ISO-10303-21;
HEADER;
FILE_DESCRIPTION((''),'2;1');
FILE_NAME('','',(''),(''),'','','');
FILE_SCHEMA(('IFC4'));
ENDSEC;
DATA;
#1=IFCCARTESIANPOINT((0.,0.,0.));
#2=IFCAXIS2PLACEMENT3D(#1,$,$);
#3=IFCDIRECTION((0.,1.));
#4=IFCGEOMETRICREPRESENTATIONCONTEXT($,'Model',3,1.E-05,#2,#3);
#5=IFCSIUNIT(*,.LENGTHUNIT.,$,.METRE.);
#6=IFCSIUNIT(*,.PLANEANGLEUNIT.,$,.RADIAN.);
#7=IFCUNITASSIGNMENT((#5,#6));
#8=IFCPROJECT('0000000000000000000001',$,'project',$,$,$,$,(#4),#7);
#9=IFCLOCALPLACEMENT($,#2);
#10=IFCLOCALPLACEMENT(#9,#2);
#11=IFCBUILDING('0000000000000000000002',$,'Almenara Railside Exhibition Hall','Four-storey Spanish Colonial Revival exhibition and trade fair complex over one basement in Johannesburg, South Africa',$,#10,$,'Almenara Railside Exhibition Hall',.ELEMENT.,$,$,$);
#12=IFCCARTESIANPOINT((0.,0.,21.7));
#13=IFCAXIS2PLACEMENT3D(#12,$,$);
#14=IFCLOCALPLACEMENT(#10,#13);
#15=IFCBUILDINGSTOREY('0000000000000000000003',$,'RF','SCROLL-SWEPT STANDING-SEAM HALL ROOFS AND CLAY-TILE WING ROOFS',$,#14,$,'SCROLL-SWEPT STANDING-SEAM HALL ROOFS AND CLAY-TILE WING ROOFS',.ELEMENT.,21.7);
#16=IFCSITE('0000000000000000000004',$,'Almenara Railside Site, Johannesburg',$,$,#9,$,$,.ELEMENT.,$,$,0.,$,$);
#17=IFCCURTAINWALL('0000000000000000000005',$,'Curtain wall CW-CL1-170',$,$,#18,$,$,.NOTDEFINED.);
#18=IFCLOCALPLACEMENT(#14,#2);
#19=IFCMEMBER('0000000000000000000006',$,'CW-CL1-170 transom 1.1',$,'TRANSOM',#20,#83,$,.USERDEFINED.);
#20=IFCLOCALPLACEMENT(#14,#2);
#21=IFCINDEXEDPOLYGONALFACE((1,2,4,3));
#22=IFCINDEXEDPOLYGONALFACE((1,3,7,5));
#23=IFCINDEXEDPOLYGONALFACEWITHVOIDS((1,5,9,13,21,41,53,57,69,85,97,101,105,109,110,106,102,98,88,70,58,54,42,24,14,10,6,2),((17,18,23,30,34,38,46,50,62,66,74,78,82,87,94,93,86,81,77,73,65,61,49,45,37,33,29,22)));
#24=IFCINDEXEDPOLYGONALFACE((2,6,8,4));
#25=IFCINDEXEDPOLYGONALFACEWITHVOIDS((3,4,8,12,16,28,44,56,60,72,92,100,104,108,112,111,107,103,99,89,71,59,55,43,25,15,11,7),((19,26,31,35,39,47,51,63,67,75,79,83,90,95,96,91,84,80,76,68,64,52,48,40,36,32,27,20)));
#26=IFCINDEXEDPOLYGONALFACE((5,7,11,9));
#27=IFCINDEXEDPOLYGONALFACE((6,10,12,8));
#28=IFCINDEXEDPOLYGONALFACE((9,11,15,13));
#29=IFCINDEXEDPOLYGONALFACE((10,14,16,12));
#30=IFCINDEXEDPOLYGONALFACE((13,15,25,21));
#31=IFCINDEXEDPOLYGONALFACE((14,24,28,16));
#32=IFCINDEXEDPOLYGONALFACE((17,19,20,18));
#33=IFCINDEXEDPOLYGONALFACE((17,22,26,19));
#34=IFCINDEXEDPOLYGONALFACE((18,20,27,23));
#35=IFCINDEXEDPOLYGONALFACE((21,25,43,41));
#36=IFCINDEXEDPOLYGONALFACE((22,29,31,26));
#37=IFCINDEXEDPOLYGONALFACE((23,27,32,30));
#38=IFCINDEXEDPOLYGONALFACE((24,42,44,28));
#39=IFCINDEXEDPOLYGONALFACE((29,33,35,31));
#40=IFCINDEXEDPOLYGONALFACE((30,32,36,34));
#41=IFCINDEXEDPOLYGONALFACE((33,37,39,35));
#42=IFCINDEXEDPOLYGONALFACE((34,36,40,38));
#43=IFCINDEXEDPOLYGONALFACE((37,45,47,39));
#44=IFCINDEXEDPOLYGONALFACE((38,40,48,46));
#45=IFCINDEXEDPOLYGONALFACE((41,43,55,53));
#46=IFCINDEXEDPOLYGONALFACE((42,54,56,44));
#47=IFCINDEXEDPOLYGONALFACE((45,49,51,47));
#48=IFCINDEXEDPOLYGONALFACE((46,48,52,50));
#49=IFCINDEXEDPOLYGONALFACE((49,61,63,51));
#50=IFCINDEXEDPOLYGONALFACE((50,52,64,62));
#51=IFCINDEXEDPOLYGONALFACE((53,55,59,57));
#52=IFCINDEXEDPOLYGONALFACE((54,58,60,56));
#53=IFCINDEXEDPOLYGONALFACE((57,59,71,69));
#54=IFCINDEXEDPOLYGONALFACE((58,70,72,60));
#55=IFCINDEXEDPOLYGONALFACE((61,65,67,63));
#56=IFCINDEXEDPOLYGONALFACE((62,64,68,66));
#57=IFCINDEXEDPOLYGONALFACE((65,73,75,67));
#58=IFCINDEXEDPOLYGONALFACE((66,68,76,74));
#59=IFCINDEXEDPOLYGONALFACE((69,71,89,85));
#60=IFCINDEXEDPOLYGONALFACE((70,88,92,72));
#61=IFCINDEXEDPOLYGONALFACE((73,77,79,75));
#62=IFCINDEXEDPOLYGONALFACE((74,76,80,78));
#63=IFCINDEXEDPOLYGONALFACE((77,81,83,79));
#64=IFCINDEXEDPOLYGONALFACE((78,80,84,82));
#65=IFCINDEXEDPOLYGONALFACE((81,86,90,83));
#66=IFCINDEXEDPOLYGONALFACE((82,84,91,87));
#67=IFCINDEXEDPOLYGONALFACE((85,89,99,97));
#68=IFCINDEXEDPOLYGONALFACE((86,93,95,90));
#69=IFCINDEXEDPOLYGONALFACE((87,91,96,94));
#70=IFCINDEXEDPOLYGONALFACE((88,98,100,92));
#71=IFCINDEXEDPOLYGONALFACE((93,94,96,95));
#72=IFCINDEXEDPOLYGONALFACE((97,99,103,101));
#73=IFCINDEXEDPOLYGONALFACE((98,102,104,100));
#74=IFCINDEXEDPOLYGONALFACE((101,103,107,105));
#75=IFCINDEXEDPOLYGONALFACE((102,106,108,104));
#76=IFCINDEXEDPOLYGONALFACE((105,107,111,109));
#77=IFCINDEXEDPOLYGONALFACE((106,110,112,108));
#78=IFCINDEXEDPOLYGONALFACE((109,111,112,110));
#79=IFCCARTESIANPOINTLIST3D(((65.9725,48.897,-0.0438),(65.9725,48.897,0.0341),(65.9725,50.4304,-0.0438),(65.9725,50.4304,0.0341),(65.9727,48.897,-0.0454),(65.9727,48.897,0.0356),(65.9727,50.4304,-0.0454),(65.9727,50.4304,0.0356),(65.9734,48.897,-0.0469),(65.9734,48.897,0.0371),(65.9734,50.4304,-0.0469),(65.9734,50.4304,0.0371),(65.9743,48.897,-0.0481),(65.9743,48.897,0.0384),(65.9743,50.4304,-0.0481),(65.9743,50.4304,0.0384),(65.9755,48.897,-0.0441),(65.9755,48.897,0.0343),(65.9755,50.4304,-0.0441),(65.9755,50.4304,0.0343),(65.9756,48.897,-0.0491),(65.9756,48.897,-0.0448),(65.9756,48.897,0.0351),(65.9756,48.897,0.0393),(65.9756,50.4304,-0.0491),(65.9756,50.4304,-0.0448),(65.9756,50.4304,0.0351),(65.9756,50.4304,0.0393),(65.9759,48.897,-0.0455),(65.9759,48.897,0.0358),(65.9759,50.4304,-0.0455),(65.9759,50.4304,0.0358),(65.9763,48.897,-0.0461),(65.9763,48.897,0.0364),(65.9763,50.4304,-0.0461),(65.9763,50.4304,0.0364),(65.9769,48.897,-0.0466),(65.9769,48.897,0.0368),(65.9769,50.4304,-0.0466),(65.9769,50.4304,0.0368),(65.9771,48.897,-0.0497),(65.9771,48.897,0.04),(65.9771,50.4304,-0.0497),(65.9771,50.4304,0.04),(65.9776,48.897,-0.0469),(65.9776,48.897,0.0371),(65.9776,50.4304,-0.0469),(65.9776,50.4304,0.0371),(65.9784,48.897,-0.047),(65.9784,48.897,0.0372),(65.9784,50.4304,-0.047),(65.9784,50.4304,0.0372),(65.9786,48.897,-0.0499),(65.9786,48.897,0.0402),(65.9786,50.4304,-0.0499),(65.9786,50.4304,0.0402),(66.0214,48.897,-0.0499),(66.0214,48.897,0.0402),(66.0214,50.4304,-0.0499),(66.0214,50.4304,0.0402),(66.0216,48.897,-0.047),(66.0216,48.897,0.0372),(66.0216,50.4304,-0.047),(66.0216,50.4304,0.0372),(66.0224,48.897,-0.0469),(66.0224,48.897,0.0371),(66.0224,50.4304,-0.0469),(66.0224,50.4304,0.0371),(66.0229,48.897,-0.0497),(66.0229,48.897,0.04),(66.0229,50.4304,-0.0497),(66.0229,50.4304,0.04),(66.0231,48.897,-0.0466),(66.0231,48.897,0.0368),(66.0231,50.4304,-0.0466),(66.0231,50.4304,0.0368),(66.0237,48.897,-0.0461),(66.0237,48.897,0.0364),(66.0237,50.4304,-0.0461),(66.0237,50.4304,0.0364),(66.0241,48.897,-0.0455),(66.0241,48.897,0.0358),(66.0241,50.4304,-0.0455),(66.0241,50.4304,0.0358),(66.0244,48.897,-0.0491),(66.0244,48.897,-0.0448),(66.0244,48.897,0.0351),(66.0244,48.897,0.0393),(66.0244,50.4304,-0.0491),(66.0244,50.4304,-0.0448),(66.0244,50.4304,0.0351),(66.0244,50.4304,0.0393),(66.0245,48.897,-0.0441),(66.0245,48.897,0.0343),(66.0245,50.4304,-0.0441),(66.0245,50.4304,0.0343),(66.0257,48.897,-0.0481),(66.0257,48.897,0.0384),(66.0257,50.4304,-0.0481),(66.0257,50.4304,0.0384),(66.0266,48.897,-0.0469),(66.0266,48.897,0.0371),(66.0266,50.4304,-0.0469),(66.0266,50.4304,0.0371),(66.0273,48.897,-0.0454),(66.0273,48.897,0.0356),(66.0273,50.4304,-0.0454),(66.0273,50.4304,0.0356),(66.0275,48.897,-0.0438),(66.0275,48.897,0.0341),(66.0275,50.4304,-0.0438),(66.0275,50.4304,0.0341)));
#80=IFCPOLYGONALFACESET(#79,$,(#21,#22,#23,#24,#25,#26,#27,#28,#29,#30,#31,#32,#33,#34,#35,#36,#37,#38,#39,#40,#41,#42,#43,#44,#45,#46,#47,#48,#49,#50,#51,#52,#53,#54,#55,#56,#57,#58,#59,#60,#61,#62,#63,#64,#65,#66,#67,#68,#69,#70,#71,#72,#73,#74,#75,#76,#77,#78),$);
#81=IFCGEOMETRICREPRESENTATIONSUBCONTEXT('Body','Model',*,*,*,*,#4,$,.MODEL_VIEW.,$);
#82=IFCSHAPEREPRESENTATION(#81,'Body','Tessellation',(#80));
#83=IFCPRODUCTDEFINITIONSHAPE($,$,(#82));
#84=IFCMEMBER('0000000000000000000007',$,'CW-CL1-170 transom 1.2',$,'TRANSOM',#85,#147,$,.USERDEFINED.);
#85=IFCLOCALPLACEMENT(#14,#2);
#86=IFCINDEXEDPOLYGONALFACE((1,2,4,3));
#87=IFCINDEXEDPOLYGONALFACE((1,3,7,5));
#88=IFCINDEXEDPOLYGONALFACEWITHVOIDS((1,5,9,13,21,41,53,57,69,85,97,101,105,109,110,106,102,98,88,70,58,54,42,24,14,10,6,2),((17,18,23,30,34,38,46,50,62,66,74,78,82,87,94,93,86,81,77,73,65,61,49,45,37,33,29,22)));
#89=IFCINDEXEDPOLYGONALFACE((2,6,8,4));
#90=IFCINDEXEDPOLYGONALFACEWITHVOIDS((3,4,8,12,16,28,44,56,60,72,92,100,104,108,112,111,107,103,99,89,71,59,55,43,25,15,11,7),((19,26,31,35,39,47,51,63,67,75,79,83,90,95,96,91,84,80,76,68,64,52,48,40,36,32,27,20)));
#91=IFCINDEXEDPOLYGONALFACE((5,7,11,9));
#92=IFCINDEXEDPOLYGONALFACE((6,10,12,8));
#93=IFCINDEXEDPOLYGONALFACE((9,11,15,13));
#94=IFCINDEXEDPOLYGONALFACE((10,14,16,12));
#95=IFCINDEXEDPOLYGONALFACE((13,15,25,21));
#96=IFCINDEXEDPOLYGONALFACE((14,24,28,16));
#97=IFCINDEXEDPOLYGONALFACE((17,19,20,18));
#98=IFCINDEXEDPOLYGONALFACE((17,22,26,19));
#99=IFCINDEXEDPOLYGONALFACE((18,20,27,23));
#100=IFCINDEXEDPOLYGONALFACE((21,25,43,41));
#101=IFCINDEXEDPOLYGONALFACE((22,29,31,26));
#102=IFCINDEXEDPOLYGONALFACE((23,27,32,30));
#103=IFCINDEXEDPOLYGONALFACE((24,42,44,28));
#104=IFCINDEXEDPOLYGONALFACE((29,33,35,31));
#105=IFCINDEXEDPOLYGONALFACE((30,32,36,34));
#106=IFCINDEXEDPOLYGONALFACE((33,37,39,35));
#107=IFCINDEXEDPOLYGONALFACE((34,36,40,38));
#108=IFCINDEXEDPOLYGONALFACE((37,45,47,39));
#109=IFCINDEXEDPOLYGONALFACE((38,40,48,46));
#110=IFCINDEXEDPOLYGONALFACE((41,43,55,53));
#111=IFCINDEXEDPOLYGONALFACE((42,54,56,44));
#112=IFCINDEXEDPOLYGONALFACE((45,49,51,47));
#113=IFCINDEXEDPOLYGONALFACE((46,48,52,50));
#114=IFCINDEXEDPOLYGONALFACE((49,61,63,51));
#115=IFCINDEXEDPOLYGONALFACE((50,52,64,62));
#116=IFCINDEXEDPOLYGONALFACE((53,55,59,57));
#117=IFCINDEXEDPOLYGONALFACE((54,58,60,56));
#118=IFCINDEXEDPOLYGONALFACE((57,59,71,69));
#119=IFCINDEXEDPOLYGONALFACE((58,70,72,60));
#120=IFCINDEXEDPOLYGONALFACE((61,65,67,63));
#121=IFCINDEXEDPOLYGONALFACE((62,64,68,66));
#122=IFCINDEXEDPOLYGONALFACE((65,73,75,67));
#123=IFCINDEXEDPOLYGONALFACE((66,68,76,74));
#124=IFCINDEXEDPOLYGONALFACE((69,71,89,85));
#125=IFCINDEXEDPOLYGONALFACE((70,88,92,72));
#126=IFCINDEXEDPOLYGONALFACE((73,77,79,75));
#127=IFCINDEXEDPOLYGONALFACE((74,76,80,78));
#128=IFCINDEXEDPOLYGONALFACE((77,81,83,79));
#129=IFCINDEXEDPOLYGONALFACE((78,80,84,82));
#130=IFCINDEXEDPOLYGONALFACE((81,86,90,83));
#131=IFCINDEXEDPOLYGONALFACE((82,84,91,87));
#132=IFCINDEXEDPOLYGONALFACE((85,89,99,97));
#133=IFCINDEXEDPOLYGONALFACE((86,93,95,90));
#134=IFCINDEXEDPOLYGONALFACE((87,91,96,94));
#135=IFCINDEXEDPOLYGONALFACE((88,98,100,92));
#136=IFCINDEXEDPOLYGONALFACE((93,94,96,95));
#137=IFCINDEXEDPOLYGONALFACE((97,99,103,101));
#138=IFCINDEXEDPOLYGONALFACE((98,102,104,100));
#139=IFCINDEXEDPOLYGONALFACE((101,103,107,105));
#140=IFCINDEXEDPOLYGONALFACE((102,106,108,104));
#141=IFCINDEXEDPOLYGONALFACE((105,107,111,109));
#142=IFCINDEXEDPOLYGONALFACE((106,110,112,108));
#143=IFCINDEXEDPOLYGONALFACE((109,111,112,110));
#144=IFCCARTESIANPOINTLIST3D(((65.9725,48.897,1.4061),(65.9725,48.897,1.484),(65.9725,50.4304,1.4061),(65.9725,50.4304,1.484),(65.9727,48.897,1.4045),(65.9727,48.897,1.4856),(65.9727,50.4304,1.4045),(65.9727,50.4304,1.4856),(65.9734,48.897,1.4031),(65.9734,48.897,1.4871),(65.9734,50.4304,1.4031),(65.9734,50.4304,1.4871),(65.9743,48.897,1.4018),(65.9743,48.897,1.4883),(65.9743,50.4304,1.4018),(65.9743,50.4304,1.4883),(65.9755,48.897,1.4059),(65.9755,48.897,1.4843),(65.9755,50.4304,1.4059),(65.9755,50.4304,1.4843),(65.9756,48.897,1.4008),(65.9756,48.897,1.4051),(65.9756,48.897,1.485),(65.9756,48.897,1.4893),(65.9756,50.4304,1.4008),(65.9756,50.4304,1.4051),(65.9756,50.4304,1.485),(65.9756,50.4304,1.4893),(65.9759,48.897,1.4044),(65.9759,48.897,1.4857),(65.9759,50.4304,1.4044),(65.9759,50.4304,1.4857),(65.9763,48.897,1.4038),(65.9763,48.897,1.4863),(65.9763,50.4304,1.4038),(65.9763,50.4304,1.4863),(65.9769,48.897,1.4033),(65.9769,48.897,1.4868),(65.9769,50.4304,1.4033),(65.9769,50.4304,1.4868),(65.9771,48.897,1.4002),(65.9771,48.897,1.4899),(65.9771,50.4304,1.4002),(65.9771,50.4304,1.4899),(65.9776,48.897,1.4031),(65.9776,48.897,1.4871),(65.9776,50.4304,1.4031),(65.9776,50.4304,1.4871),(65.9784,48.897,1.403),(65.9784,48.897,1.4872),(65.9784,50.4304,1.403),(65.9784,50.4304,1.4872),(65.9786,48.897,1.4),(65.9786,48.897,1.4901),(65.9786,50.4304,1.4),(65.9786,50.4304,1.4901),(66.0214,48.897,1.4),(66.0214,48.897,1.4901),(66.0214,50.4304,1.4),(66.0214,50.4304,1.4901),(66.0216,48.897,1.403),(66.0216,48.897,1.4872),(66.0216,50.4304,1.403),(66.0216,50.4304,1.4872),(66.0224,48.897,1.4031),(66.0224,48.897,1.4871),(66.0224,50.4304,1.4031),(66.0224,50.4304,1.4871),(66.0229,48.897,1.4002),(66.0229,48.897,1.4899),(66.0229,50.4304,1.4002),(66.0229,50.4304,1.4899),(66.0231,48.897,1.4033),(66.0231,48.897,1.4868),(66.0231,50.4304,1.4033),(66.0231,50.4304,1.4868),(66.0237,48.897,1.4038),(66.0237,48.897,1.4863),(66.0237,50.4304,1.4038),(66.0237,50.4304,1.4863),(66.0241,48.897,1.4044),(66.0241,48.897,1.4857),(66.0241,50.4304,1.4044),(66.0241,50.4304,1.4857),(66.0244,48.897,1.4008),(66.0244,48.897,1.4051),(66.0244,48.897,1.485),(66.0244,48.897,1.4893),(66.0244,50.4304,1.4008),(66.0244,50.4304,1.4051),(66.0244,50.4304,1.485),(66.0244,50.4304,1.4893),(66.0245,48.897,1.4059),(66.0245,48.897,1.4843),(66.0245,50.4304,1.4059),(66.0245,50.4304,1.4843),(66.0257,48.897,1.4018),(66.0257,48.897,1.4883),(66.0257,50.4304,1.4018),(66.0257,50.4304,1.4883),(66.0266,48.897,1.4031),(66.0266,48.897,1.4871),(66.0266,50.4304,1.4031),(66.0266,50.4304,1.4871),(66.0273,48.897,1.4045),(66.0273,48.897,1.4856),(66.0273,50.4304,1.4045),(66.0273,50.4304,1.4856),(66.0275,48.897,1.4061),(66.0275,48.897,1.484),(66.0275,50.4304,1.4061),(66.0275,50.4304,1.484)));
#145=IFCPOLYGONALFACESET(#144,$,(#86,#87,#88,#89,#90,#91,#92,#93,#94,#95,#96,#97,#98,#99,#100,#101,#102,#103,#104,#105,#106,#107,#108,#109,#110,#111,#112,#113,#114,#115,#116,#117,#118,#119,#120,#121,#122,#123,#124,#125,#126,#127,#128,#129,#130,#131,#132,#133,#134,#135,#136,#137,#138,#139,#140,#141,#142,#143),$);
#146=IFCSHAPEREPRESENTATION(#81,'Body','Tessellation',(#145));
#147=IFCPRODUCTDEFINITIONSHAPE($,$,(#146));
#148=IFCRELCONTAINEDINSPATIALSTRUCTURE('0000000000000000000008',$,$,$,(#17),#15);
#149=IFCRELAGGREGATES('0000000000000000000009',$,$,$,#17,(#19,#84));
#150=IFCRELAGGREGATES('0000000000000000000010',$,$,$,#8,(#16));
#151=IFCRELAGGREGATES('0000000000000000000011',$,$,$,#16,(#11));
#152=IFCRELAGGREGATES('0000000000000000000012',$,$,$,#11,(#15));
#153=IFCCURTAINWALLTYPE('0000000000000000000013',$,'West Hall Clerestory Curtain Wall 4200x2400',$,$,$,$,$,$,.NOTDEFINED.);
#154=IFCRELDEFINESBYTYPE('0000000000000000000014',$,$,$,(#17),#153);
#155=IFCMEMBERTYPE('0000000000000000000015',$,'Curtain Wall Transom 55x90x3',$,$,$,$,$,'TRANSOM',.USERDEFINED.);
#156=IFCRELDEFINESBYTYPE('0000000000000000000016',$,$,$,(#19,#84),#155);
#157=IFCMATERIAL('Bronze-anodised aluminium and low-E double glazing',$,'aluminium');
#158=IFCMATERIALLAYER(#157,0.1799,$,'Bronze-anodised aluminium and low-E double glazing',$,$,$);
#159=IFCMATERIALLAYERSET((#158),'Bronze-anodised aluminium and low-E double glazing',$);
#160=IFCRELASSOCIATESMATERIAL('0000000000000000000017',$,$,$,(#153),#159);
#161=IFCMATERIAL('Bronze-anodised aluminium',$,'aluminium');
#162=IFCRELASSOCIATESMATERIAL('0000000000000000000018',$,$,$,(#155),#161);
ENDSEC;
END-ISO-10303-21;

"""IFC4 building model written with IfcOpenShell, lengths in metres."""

from ifc_helpers import new_model, si_unit, direction, frame, origin, origin_2d, place, context, subcontext, project, spatial, hollow_rectangle, extrude, material, layer, layer_set, material_profile, profile_set, type_object, element, aggregate, save


model = new_model("IFC4")

# Units and contexts
model_context = context("Model", 3, precision=1e-05, world=origin(), true_north=direction((0.0, 1.0)))
body_context = subcontext(model_context, "Body", "Model", "MODEL_VIEW")
ifc_project = project(units=[si_unit("LENGTHUNIT", "METRE"), si_unit("PLANEANGLEUNIT", "RADIAN")], contexts=[model_context])

# Site, building, storey
site_placement = place(None, origin())
site = spatial("IfcSite", under=ifc_project, at=site_placement, Name="Almenara Railside Site, Johannesburg", CompositionType="ELEMENT", RefElevation=0.0)
building_placement = place(site_placement, origin())
building = spatial("IfcBuilding", under=site, at=building_placement, Name="Almenara Railside Exhibition Hall", Description="Four-storey Spanish Colonial Revival exhibition and trade fair complex over one basement in Johannesburg, South Africa", LongName="Almenara Railside Exhibition Hall", CompositionType="ELEMENT")
storey_placement = place(building_placement, frame((0.0, 0.0, 21.7)))
storey = spatial("IfcBuildingStorey", under=building, at=storey_placement, Name="RF", Description="SCROLL-SWEPT STANDING-SEAM HALL ROOFS AND CLAY-TILE WING ROOFS", LongName="SCROLL-SWEPT STANDING-SEAM HALL ROOFS AND CLAY-TILE WING ROOFS", CompositionType="ELEMENT", Elevation=21.7)

# Curtain wall, members
ifc_material_1 = material(Name="Bronze-anodised aluminium and low-E double glazing", Category="aluminium")
ifc_layer_1 = layer(ifc_material_1, 0.1799, Name="Bronze-anodised aluminium and low-E double glazing")
ifc_layer_set_1 = layer_set([ifc_layer_1], Name="Bronze-anodised aluminium and low-E double glazing")
curtain_wall_type = type_object("IfcCurtainWallType", Name="West Hall Clerestory Curtain Wall 4200x2400", PredefinedType="NOTDEFINED", material=ifc_layer_set_1)
curtain_wall_placement = place(storey_placement, origin())
curtain_wall = element("IfcCurtainWall", 1, at=curtain_wall_placement, inside=storey, type_object=curtain_wall_type, Name="Curtain wall CW-CL1-170", PredefinedType="NOTDEFINED")
ifc_material_2 = material(Name="Bronze-anodised aluminium", Category="aluminium")
ifc_material_profile_1 = material_profile(ifc_material_2, hollow_rectangle(XDim=0.0549, YDim=0.0901, WallThickness=0.0029, InnerFilletRadius=0.0029, OuterFilletRadius=0.0061, at=origin_2d()), Name="ALU-TRN 55x90x3")
ifc_profile_set_1 = profile_set([ifc_material_profile_1], Name="Bronze-anodised aluminium")
member_type_1 = type_object("IfcMemberType", Name="Curtain Wall Transom 55x90x3", ElementType="TRANSOM", PredefinedType="USERDEFINED", material=ifc_profile_set_1)
member_1_placement = place(storey_placement, frame((66.0, 48.897, -0.0049), z_axis=(0.0, 1.0, 0.0), x_axis=(-1.0, 0.0, 0.0)))
member_1 = element("IfcMember", 2, at=member_1_placement, type_object=member_type_1, Name="CW-CL1-170 transom 1.1", ObjectType="TRANSOM", PredefinedType="USERDEFINED", context=body_context, shape_type="SweptSolid", body=[
    extrude(hollow_rectangle(XDim=0.0549, YDim=0.0901, WallThickness=0.0029, InnerFilletRadius=0.0029, OuterFilletRadius=0.0061, at=origin_2d()), origin(), (0.0, 0.0, 1.0), 1.5334),
])
member_2_placement = place(storey_placement, frame((66.0, 48.897, 1.4451), z_axis=(0.0, 1.0, 0.0), x_axis=(-1.0, 0.0, 0.0)))
member_2 = element("IfcMember", 3, at=member_2_placement, type_object=member_type_1, Name="CW-CL1-170 transom 1.2", ObjectType="TRANSOM", PredefinedType="USERDEFINED", context=body_context, shape_type="SweptSolid", body=[
    extrude(hollow_rectangle(XDim=0.0549, YDim=0.0901, WallThickness=0.0029, InnerFilletRadius=0.0029, OuterFilletRadius=0.0061, at=origin_2d()), origin(), (0.0, 0.0, 1.0), 1.5334),
])
aggregate(curtain_wall, [member_1, member_2])

save(model, "model.ifc")
